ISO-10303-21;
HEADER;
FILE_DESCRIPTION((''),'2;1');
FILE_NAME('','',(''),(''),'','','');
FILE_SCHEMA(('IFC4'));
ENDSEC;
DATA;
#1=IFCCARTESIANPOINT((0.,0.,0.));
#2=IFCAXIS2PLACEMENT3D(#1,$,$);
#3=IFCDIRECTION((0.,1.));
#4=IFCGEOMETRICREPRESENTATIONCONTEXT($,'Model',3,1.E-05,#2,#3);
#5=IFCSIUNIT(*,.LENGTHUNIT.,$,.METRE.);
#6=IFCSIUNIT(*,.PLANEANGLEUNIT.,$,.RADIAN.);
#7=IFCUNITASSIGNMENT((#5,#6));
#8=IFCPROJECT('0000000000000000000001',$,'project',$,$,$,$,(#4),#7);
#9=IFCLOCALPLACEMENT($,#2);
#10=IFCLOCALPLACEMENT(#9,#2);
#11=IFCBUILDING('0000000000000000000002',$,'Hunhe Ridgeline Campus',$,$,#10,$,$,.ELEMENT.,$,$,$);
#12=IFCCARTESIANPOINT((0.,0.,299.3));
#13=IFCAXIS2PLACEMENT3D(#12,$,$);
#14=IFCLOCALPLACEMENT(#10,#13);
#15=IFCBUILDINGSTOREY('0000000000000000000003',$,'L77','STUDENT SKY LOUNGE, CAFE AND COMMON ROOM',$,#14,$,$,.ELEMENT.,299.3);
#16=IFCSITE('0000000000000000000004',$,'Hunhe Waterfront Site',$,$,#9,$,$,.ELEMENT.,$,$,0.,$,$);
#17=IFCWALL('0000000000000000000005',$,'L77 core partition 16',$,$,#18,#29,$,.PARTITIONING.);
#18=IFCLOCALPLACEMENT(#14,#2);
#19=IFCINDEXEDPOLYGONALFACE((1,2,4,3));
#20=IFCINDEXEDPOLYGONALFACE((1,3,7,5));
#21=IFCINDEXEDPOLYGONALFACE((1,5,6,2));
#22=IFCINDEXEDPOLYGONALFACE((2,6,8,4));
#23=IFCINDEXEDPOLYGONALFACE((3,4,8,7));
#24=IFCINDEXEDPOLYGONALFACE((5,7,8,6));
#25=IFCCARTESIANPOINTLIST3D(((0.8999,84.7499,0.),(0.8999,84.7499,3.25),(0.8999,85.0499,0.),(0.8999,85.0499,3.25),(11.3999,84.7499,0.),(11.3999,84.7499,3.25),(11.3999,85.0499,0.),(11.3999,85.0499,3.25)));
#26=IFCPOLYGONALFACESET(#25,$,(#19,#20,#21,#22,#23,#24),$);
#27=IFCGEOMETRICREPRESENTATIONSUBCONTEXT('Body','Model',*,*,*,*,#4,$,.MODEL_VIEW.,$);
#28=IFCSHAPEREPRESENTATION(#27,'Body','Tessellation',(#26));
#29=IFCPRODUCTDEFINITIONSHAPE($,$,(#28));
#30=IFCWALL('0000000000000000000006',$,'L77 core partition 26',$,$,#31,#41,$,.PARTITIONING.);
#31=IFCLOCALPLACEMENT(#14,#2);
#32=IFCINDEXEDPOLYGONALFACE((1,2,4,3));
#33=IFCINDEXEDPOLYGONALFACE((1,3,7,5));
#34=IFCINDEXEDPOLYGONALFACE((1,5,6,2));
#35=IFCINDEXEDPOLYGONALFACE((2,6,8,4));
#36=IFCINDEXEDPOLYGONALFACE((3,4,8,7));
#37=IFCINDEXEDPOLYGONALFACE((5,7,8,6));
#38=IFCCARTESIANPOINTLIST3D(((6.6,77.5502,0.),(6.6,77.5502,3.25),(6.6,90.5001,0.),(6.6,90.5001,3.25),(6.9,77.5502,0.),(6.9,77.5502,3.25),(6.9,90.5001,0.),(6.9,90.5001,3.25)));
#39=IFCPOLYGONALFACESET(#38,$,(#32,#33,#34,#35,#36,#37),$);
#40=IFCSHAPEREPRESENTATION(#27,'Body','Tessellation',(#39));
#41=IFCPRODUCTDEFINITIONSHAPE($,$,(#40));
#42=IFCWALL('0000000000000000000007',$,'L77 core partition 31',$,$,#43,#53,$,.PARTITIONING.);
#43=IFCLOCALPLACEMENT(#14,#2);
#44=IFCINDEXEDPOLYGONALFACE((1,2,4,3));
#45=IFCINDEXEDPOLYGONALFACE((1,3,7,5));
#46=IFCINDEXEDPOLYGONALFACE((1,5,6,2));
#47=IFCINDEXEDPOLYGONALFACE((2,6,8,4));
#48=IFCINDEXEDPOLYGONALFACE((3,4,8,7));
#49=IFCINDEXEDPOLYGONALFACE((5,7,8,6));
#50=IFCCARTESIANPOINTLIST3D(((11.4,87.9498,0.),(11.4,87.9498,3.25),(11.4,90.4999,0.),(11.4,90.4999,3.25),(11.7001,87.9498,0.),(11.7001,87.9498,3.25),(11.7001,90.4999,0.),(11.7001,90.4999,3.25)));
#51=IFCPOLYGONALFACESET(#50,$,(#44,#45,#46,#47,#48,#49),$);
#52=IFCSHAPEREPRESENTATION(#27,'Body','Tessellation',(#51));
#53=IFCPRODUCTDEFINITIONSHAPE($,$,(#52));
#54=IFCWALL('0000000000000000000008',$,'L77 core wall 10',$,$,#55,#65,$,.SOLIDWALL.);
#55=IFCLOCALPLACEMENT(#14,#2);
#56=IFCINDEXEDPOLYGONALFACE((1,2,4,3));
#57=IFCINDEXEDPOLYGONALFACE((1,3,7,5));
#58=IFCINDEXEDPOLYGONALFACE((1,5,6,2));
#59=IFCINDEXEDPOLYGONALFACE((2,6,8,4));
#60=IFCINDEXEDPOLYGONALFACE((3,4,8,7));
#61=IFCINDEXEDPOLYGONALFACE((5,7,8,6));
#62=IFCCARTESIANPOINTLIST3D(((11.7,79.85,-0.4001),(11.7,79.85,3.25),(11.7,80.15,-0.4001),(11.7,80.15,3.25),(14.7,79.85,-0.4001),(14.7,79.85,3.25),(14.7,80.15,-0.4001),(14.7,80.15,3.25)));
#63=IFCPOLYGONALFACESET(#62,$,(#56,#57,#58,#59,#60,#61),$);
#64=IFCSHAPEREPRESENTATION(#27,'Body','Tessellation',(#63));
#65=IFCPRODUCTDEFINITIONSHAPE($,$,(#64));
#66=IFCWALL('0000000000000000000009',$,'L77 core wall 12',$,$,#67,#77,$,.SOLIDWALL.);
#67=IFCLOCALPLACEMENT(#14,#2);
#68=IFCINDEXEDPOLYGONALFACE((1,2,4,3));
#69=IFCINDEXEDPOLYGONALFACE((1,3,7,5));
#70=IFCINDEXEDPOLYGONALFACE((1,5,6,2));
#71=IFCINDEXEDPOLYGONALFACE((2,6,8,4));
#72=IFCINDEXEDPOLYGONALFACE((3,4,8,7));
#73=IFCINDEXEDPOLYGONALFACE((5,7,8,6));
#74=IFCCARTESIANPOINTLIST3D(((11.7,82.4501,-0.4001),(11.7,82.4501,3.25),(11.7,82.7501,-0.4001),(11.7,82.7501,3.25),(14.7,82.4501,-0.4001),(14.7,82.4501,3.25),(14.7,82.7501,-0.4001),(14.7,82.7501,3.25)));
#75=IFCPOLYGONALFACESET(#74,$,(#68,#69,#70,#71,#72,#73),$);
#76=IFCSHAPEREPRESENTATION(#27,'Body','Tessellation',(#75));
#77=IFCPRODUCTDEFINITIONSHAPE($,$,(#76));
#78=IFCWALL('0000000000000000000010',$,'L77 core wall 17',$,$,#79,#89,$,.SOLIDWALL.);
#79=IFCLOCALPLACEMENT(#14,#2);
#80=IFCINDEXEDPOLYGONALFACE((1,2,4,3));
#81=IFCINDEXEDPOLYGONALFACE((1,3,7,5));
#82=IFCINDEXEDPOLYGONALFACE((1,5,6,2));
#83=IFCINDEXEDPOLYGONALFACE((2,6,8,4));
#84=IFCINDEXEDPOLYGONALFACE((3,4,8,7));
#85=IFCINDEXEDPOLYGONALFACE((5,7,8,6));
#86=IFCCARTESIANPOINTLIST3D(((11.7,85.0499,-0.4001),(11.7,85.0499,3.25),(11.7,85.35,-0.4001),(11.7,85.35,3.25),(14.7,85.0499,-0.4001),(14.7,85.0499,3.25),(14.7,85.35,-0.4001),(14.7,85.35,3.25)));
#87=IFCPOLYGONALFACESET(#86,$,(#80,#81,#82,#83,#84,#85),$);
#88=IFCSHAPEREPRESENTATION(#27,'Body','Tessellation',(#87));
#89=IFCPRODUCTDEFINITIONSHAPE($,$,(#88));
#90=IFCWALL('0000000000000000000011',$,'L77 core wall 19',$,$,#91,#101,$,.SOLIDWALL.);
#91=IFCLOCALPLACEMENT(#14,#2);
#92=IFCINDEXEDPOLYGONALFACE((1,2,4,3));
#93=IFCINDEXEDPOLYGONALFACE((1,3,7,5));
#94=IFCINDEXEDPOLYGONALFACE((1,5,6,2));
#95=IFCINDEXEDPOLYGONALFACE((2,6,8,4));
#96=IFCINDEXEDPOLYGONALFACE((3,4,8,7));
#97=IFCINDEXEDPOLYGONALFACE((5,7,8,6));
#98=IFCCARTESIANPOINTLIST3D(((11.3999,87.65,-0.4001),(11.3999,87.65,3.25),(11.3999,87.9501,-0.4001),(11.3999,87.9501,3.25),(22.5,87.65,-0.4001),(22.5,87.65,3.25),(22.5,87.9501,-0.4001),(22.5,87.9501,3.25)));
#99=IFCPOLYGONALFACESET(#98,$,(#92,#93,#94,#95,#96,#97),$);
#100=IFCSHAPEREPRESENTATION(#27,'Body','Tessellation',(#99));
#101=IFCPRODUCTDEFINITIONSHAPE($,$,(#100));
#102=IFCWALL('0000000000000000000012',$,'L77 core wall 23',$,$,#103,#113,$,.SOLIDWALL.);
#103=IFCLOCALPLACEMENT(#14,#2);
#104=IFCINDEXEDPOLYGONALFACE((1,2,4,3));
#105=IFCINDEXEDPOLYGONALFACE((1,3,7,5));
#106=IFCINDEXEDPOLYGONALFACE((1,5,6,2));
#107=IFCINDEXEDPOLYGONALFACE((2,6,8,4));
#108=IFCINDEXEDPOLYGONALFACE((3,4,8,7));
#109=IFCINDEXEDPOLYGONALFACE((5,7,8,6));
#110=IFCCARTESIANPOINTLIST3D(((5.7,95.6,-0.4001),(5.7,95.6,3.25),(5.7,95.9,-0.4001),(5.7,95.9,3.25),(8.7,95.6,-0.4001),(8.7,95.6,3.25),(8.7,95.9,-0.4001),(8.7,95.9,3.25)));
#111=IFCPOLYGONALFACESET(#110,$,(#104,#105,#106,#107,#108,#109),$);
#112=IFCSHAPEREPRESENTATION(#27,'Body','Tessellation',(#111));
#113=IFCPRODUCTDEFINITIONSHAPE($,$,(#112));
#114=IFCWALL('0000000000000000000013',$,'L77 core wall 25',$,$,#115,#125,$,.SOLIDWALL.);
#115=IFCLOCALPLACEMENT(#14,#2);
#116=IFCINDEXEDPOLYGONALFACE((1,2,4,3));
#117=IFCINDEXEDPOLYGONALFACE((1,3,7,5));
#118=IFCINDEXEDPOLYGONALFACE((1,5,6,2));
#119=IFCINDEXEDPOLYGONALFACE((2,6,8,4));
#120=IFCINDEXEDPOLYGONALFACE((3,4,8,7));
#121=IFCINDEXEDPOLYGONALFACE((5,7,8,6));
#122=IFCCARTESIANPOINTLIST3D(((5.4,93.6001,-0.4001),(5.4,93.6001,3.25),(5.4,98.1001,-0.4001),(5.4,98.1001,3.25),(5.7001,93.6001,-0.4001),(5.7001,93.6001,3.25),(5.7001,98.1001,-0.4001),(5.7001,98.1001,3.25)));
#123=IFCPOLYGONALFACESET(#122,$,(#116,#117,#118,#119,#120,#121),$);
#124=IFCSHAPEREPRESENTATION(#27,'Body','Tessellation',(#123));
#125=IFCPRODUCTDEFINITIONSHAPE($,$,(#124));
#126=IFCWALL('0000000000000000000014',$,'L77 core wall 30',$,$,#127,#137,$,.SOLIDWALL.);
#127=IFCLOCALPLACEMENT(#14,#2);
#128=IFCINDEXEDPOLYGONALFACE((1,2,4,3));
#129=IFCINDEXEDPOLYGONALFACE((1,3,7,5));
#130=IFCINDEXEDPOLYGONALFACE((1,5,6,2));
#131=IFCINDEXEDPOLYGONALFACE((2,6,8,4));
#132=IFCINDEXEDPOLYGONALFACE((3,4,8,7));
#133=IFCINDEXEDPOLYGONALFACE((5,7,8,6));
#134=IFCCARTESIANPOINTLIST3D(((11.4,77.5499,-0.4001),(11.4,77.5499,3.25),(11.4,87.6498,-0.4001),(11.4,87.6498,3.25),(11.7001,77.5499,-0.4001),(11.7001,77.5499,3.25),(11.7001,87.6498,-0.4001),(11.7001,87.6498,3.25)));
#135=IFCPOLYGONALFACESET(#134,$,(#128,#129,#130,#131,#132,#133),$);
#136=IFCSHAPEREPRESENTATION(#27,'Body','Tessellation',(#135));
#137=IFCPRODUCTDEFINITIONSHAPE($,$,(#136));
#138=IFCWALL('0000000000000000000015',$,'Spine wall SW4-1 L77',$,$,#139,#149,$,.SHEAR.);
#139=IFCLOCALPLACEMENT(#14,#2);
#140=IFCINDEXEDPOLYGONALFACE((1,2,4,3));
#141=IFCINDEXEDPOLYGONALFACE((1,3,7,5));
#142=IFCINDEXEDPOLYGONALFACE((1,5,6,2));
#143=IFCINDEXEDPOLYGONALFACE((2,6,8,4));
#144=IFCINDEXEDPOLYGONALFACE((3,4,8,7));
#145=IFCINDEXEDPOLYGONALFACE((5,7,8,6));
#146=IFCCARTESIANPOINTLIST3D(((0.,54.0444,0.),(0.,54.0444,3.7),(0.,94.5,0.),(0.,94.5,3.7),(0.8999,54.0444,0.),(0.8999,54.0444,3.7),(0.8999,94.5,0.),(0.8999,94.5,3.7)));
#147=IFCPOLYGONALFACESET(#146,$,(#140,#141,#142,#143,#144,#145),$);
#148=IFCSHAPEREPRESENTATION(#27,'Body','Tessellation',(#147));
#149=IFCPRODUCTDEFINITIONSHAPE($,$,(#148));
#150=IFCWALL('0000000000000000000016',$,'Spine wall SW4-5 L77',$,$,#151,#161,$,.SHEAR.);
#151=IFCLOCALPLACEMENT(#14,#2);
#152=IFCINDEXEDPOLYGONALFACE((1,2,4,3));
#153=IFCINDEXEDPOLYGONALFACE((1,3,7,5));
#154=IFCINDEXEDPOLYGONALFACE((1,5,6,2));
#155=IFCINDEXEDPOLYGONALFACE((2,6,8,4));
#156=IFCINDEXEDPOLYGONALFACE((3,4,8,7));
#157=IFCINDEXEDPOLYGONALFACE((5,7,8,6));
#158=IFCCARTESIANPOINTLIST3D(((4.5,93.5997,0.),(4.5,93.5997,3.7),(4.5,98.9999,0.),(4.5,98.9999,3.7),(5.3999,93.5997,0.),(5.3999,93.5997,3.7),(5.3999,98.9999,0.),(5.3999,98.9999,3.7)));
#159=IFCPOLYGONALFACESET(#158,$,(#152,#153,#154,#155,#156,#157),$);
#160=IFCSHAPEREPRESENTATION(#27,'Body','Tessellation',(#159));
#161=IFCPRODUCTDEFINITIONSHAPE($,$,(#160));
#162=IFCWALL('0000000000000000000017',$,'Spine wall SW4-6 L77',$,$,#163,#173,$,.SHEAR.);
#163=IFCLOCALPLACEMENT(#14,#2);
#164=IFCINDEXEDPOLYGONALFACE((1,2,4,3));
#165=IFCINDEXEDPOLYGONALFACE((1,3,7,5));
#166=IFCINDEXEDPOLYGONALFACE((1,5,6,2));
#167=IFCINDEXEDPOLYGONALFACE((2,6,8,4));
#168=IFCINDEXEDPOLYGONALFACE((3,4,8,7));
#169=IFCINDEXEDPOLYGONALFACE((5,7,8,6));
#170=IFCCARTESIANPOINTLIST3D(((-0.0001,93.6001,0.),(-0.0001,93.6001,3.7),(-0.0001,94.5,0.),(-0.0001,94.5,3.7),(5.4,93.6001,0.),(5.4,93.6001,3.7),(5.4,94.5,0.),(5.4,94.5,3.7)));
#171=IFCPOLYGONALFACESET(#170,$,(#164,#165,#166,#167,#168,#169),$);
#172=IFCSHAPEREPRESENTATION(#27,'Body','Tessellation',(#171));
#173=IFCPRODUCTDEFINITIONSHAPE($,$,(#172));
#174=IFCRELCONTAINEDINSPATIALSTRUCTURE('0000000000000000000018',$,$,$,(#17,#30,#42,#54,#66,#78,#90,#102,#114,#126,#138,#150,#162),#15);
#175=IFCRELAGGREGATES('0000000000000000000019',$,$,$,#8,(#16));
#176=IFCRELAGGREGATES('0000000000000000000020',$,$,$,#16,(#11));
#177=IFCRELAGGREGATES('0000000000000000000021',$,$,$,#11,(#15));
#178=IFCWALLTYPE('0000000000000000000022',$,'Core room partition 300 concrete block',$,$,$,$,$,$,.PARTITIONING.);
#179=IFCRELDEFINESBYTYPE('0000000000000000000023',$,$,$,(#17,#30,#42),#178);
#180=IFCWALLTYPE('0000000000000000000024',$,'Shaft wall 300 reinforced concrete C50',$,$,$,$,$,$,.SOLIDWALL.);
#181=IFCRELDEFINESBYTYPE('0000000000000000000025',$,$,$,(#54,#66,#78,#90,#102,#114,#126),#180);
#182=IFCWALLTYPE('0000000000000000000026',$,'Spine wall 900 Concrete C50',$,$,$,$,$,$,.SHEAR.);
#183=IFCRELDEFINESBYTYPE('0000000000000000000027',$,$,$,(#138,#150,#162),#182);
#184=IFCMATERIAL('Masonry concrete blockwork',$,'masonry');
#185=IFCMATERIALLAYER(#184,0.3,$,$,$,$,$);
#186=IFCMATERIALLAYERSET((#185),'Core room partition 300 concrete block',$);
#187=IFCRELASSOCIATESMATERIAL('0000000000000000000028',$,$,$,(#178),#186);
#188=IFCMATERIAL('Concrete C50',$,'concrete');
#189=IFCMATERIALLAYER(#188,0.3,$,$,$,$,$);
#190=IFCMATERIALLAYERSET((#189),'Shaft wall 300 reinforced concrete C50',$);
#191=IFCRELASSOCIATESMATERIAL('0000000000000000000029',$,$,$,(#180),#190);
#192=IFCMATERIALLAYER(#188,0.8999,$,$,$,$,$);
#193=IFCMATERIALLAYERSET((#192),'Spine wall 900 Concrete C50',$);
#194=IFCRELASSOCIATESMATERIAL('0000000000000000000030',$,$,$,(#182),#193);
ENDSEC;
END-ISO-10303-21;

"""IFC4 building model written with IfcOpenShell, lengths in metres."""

from ifc_helpers import new_model, si_unit, direction, frame, frame_2d, origin, place, context, subcontext, project, spatial, rectangle, extrude, material, layer, layer_set, type_object, element, save


model = new_model("IFC4")

# Units and contexts
model_context = context("Model", 3, precision=1e-05, world=origin(), true_north=direction((0.0, 1.0)))
body_context = subcontext(model_context, "Body", "Model", "MODEL_VIEW")
ifc_project = project(units=[si_unit("LENGTHUNIT", "METRE"), si_unit("PLANEANGLEUNIT", "RADIAN")], contexts=[model_context])

# Site, building, storey
site_placement = place(None, origin())
site = spatial("IfcSite", under=ifc_project, at=site_placement, Name="Hunhe Waterfront Site", CompositionType="ELEMENT", RefElevation=0.0)
building_placement = place(site_placement, origin())
building = spatial("IfcBuilding", under=site, at=building_placement, Name="Hunhe Ridgeline Campus", CompositionType="ELEMENT")
storey_placement = place(building_placement, frame((0.0, 0.0, 299.3)))
storey = spatial("IfcBuildingStorey", under=building, at=storey_placement, Name="L77", Description="STUDENT SKY LOUNGE, CAFE AND COMMON ROOM", CompositionType="ELEMENT", Elevation=299.3)

# Walls
ifc_material_1 = material(Name="Masonry concrete blockwork", Category="masonry")
ifc_layer_1 = layer(ifc_material_1, 0.3)
ifc_layer_set_1 = layer_set([ifc_layer_1], Name="Core room partition 300 concrete block")
wall_type_1 = type_object("IfcWallType", Name="Core room partition 300 concrete block", PredefinedType="PARTITIONING", material=ifc_layer_set_1)
wall_1_placement = place(storey_placement, frame((0.8999, 84.8999, 0.0), z_axis=(0.0, 0.0, 1.0), x_axis=(1.0, 0.0, 0.0)))
element("IfcWall", 1, at=wall_1_placement, inside=storey, type_object=wall_type_1, Name="L77 core partition 16", PredefinedType="PARTITIONING", context=body_context, shape_type="SweptSolid", body=[
    extrude(rectangle(XDim=10.5, YDim=0.3, at=frame_2d((5.25, 0.0))), origin(), (0.0, 0.0, 1.0), 3.25),
])
wall_2_placement = place(storey_placement, frame((6.75, 77.55, 0.0), z_axis=(0.0, 0.0, 1.0), x_axis=(0.0, 1.0, 0.0)))
element("IfcWall", 2, at=wall_2_placement, inside=storey, type_object=wall_type_1, Name="L77 core partition 26", PredefinedType="PARTITIONING", context=body_context, shape_type="SweptSolid", body=[
    extrude(rectangle(XDim=12.95, YDim=0.3, at=frame_2d((6.4751, 0.0))), origin(), (0.0, 0.0, 1.0), 3.25),
])
wall_3_placement = place(storey_placement, frame((11.55, 87.95, 0.0), z_axis=(0.0, 0.0, 1.0), x_axis=(0.0, 1.0, 0.0)))
element("IfcWall", 3, at=wall_3_placement, inside=storey, type_object=wall_type_1, Name="L77 core partition 31", PredefinedType="PARTITIONING", context=body_context, shape_type="SweptSolid", body=[
    extrude(rectangle(XDim=2.55, YDim=0.3, at=frame_2d((1.2749, 0.0))), origin(), (0.0, 0.0, 1.0), 3.25),
])

# Shared definitions
ifc_material_2 = material(Name="Concrete C50", Category="concrete")

# Walls
ifc_layer_2 = layer(ifc_material_2, 0.3)
ifc_layer_set_2 = layer_set([ifc_layer_2], Name="Shaft wall 300 reinforced concrete C50")
wall_type_2 = type_object("IfcWallType", Name="Shaft wall 300 reinforced concrete C50", PredefinedType="SOLIDWALL", material=ifc_layer_set_2)
for number, where, z_axis, x_axis, name in (
    (4, (11.7, 80.0, -0.4001), (0.0, 0.0, 1.0), (1.0, 0.0, 0.0), "L77 core wall 10"),
    (5, (11.7, 82.6001, -0.4001), (0.0, 0.0, 1.0), (1.0, 0.0, 0.0), "L77 core wall 12"),
    (6, (11.7, 85.2, -0.4001), (0.0, 0.0, 1.0), (1.0, 0.0, 0.0), "L77 core wall 17"),
):
    element("IfcWall", number, at=place(storey_placement, frame(where, z_axis=z_axis, x_axis=x_axis)), inside=storey, type_object=wall_type_2, Name=name, PredefinedType="SOLIDWALL", context=body_context, shape_type="SweptSolid", body=[
        extrude(rectangle(XDim=3.0, YDim=0.3, at=frame_2d((1.5, 0.0))), origin(), (0.0, 0.0, 1.0), 3.6501),
    ])
wall_4_placement = place(storey_placement, frame((11.3999, 87.8, -0.4001), z_axis=(0.0, 0.0, 1.0), x_axis=(1.0, 0.0, 0.0)))
element("IfcWall", 7, at=wall_4_placement, inside=storey, type_object=wall_type_2, Name="L77 core wall 19", PredefinedType="SOLIDWALL", context=body_context, shape_type="SweptSolid", body=[
    extrude(rectangle(XDim=11.1001, YDim=0.3, at=frame_2d((5.55, 0.0))), origin(), (0.0, 0.0, 1.0), 3.6501),
])

# Walls
wall_5_placement = place(storey_placement, frame((5.7, 95.75, -0.4001), z_axis=(0.0, 0.0, 1.0), x_axis=(1.0, 0.0, 0.0)))
element("IfcWall", 8, at=wall_5_placement, inside=storey, type_object=wall_type_2, Name="L77 core wall 23", PredefinedType="SOLIDWALL", context=body_context, shape_type="SweptSolid", body=[
    extrude(rectangle(XDim=3.0, YDim=0.3, at=frame_2d((1.5, 0.0))), origin(), (0.0, 0.0, 1.0), 3.6501),
])
wall_6_placement = place(storey_placement, frame((5.55, 93.6001, -0.4001), z_axis=(0.0, 0.0, 1.0), x_axis=(0.0, 1.0, 0.0)))
element("IfcWall", 9, at=wall_6_placement, inside=storey, type_object=wall_type_2, Name="L77 core wall 25", PredefinedType="SOLIDWALL", context=body_context, shape_type="SweptSolid", body=[
    extrude(rectangle(XDim=4.5, YDim=0.3, at=frame_2d((2.25, 0.0))), origin(), (0.0, 0.0, 1.0), 3.6501),
])

# Walls
wall_7_placement = place(storey_placement, frame((11.55, 77.55, -0.4001), z_axis=(0.0, 0.0, 1.0), x_axis=(0.0, 1.0, 0.0)))
element("IfcWall", 10, at=wall_7_placement, inside=storey, type_object=wall_type_2, Name="L77 core wall 30", PredefinedType="SOLIDWALL", context=body_context, shape_type="SweptSolid", body=[
    extrude(rectangle(XDim=10.0999, YDim=0.3, at=frame_2d((5.0498, 0.0))), origin(), (0.0, 0.0, 1.0), 3.6501),
])
ifc_layer_3 = layer(ifc_material_2, 0.8999)
ifc_layer_set_3 = layer_set([ifc_layer_3], Name="Spine wall 900 Concrete C50")
wall_type_3 = type_object("IfcWallType", Name="Spine wall 900 Concrete C50", PredefinedType="SHEAR", material=ifc_layer_set_3)
wall_8_placement = place(storey_placement, frame((0.45, 94.5, 0.0), z_axis=(0.0, 0.0, 1.0), x_axis=(0.0, -1.0, 0.0)))
element("IfcWall", 11, at=wall_8_placement, inside=storey, type_object=wall_type_3, Name="Spine wall SW4-1 L77", PredefinedType="SHEAR", context=body_context, shape_type="SweptSolid", body=[
    extrude(rectangle(XDim=40.4556, YDim=0.8999, at=frame_2d((20.2278, 0.0))), origin(), (0.0, 0.0, 1.0), 3.7),
])
for number, where, z_axis, x_axis, name in (
    (12, (4.95, 99.0, 0.0), (0.0, 0.0, 1.0), (0.0, -1.0, 0.0), "Spine wall SW4-5 L77"),
    (13, (5.4001, 94.05, 0.0), (0.0, 0.0, 1.0), (-1.0, 0.0, 0.0), "Spine wall SW4-6 L77"),
):
    element("IfcWall", number, at=place(storey_placement, frame(where, z_axis=z_axis, x_axis=x_axis)), inside=storey, type_object=wall_type_3, Name=name, PredefinedType="SHEAR", context=body_context, shape_type="SweptSolid", body=[
        extrude(rectangle(XDim=5.4001, YDim=0.8999, at=frame_2d((2.7002, 0.0))), origin(), (0.0, 0.0, 1.0), 3.7),
    ])

save(model, "model.ifc")
